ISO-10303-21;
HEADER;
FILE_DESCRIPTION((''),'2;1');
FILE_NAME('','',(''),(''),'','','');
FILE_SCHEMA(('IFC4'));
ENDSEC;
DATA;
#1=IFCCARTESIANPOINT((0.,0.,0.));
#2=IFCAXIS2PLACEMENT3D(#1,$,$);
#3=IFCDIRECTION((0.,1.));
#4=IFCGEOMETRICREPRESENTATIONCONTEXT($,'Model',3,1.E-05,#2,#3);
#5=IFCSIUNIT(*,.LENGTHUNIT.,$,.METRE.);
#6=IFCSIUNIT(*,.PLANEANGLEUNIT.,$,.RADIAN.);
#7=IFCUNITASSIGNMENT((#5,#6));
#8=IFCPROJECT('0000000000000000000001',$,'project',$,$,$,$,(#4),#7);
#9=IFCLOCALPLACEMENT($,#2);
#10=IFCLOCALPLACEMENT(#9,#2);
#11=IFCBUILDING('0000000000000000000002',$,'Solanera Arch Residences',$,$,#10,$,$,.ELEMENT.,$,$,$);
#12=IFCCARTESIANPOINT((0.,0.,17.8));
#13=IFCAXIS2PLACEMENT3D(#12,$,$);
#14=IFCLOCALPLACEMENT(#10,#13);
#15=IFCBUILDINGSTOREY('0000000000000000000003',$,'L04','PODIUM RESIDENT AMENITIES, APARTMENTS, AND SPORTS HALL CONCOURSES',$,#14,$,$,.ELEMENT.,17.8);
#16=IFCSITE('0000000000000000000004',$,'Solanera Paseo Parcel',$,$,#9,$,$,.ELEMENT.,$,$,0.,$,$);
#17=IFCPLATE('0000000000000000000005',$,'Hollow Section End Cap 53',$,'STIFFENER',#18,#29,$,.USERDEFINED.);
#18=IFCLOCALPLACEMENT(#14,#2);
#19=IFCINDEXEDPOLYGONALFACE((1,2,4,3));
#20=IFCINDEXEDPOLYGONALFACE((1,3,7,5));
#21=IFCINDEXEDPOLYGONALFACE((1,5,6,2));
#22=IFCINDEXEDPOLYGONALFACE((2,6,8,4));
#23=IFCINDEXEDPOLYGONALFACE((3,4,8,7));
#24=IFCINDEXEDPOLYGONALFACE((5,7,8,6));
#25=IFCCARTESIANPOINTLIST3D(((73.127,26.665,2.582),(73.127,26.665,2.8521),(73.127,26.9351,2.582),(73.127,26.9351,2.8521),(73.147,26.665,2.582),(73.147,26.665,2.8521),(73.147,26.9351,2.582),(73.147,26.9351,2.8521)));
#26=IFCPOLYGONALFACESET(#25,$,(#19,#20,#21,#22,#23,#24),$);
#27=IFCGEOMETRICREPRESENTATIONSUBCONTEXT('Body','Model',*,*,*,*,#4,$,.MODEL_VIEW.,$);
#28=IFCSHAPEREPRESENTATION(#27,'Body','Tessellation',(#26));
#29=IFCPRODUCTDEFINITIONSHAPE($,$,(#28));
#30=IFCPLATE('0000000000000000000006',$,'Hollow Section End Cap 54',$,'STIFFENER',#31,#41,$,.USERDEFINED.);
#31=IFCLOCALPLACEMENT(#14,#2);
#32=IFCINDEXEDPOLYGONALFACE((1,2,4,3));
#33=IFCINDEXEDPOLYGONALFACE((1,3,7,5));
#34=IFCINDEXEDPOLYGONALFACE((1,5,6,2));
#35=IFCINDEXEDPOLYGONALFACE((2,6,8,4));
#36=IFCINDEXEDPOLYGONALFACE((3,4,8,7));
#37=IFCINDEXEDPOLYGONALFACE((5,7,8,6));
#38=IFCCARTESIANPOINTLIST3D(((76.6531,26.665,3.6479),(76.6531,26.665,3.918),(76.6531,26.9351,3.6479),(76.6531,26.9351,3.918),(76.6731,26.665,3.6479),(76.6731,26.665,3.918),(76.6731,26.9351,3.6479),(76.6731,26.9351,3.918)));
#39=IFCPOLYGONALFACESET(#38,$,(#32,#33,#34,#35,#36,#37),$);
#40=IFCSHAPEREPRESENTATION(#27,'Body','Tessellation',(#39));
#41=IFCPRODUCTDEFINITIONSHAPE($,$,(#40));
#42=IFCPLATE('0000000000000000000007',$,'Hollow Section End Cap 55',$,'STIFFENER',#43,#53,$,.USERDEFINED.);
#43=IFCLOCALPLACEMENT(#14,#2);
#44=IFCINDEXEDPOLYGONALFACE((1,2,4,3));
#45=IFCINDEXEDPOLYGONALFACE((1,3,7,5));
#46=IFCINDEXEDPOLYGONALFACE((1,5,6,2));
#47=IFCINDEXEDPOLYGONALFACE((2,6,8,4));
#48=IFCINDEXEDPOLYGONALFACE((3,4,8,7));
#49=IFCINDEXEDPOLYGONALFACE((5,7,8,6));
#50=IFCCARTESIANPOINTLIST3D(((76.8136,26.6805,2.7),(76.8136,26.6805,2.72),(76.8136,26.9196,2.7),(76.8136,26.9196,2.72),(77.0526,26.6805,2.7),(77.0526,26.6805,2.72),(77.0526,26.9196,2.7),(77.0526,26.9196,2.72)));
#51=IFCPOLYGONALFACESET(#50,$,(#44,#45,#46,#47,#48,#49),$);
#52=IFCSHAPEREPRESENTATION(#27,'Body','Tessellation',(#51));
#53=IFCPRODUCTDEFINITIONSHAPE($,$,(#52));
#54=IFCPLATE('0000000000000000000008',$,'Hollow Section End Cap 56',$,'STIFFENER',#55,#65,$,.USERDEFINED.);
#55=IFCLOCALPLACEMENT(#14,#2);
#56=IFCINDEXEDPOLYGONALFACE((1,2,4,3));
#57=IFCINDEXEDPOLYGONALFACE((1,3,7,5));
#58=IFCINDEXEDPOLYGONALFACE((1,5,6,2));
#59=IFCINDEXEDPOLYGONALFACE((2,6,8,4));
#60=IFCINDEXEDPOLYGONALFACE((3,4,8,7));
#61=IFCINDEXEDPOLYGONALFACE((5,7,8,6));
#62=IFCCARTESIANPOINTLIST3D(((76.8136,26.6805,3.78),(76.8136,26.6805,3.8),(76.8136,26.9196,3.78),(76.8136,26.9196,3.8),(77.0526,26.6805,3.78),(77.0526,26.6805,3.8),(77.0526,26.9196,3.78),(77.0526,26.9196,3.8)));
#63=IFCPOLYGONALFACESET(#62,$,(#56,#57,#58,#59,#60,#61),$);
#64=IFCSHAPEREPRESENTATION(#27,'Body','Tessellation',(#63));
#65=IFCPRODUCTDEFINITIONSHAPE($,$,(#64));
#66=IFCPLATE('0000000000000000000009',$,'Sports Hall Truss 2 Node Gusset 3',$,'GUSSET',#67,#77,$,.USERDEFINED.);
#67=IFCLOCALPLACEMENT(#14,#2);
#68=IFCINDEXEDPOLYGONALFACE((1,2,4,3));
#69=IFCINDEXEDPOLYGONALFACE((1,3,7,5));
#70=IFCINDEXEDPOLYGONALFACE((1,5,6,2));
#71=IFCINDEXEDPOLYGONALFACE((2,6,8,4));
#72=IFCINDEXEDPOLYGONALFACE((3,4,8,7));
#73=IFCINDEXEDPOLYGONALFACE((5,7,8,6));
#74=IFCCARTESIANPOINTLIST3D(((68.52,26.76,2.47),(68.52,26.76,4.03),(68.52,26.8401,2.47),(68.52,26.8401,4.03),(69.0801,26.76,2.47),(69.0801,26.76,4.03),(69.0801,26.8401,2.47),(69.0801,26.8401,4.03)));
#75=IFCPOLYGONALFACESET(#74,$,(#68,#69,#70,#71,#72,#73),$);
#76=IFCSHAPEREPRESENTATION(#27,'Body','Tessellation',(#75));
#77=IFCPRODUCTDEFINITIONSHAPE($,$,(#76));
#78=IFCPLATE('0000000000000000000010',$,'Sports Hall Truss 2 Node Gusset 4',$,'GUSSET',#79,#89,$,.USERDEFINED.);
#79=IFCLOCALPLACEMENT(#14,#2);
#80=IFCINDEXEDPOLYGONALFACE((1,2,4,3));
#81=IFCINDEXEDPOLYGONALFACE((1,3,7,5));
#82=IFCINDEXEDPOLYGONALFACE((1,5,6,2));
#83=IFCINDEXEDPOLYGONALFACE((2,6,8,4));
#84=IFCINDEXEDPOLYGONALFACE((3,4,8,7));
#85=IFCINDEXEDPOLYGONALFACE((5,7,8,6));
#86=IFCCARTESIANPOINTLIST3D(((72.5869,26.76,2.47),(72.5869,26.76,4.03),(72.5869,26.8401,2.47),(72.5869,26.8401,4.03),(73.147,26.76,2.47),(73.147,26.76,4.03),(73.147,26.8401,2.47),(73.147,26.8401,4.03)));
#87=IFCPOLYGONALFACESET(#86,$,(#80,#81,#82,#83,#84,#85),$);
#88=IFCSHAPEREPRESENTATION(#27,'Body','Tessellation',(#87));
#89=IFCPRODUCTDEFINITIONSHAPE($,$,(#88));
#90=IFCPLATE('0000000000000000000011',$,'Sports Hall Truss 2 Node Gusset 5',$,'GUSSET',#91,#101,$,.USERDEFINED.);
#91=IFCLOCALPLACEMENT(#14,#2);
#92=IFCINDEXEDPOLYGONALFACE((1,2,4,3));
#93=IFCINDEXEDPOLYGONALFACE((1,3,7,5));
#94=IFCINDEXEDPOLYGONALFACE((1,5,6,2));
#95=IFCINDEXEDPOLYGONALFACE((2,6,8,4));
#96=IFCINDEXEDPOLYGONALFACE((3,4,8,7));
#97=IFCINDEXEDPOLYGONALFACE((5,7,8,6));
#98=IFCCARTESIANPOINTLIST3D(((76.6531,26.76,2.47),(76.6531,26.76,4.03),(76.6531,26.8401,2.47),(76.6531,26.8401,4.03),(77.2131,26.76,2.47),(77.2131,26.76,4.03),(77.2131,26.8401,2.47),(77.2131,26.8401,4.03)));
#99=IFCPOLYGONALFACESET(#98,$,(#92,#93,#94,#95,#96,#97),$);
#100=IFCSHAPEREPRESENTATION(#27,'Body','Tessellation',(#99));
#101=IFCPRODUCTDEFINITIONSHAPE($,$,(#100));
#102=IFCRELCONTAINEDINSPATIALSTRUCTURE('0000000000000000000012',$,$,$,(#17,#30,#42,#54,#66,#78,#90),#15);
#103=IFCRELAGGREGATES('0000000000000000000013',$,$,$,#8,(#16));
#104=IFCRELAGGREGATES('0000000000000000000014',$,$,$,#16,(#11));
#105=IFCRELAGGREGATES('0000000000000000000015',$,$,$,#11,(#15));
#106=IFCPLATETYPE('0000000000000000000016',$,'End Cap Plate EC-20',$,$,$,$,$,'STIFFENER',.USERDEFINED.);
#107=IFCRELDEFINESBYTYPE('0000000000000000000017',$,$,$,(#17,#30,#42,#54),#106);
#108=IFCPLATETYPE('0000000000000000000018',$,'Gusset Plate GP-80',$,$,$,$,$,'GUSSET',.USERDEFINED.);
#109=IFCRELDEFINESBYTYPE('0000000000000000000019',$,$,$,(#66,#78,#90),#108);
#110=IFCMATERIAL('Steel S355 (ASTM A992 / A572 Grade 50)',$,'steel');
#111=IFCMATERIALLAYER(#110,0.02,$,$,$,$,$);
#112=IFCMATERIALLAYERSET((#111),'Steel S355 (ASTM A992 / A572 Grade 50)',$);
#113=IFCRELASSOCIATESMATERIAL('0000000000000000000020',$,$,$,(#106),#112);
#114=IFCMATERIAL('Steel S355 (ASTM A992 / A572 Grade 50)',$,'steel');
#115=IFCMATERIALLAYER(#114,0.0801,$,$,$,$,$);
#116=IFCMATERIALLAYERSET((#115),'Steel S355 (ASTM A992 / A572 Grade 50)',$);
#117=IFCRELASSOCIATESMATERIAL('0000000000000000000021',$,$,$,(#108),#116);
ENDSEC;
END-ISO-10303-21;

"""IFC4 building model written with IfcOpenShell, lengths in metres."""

from ifc_helpers import new_model, si_unit, direction, frame, origin, origin_2d, place, context, subcontext, project, spatial, rectangle, extrude, material, layer, layer_set, type_object, element, save


model = new_model("IFC4")

# Units and contexts
model_context = context("Model", 3, precision=1e-05, world=origin(), true_north=direction((0.0, 1.0)))
body_context = subcontext(model_context, "Body", "Model", "MODEL_VIEW")
ifc_project = project(units=[si_unit("LENGTHUNIT", "METRE"), si_unit("PLANEANGLEUNIT", "RADIAN")], contexts=[model_context])

# Site, building, storey
site_placement = place(None, origin())
site = spatial("IfcSite", under=ifc_project, at=site_placement, Name="Solanera Paseo Parcel", CompositionType="ELEMENT", RefElevation=0.0)
building_placement = place(site_placement, origin())
building = spatial("IfcBuilding", under=site, at=building_placement, Name="Solanera Arch Residences", CompositionType="ELEMENT")
storey_placement = place(building_placement, frame((0.0, 0.0, 17.8)))
storey = spatial("IfcBuildingStorey", under=building, at=storey_placement, Name="L04", Description="PODIUM RESIDENT AMENITIES, APARTMENTS, AND SPORTS HALL CONCOURSES", CompositionType="ELEMENT", Elevation=17.8)

# Plates
ifc_material_1 = material(Name="Steel S355 (ASTM A992 / A572 Grade 50)", Category="steel")
ifc_layer_1 = layer(ifc_material_1, 0.02)
ifc_layer_set_1 = layer_set([ifc_layer_1], Name="Steel S355 (ASTM A992 / A572 Grade 50)")
plate_type_1 = type_object("IfcPlateType", Name="End Cap Plate EC-20", ElementType="STIFFENER", PredefinedType="USERDEFINED", material=ifc_layer_set_1)
for number, where, z_axis, x_axis, name in (
    (1, (73.137, 26.8, 2.582), (0.0, 0.0, 1.0), (-1.0, 0.0, 0.0), "Hollow Section End Cap 53"),
    (2, (76.6631, 26.8, 3.6479), (0.0, 0.0, 1.0), (1.0, 0.0, 0.0), "Hollow Section End Cap 54"),
):
    element("IfcPlate", number, at=place(storey_placement, frame(where, z_axis=z_axis, x_axis=x_axis)), inside=storey, type_object=plate_type_1, Name=name, ObjectType="STIFFENER", PredefinedType="USERDEFINED", context=body_context, shape_type="SweptSolid", body=[
        extrude(rectangle(XDim=0.02, YDim=0.27, at=origin_2d()), origin(), (0.0, 0.0, 1.0), 0.27),
    ])
for number, where, z_axis, x_axis, name in (
    (3, (76.9331, 26.8, 2.7), (0.0, 0.0, 1.0), (1.0, 0.0, 0.0), "Hollow Section End Cap 55"),
    (4, (76.9331, 26.8, 3.78), (0.0, 0.0, 1.0), (1.0, 0.0, 0.0), "Hollow Section End Cap 56"),
):
    element("IfcPlate", number, at=place(storey_placement, frame(where, z_axis=z_axis, x_axis=x_axis)), inside=storey, type_object=plate_type_1, Name=name, ObjectType="STIFFENER", PredefinedType="USERDEFINED", context=body_context, shape_type="SweptSolid", body=[
        extrude(rectangle(XDim=0.239, YDim=0.239, at=origin_2d()), origin(), (0.0, 0.0, 1.0), 0.02),
    ])
ifc_material_2 = material(Name="Steel S355 (ASTM A992 / A572 Grade 50)", Category="steel")
ifc_layer_2 = layer(ifc_material_2, 0.0801)
ifc_layer_set_2 = layer_set([ifc_layer_2], Name="Steel S355 (ASTM A992 / A572 Grade 50)")
plate_type_2 = type_object("IfcPlateType", Name="Gusset Plate GP-80", ElementType="GUSSET", PredefinedType="USERDEFINED", material=ifc_layer_set_2)
for number, where, z_axis, x_axis, name in (
    (5, (68.8, 26.8, 2.47), (0.0, 0.0, 1.0), (1.0, 0.0, 0.0), "Sports Hall Truss 2 Node Gusset 3"),
    (6, (72.8669, 26.8, 2.47), (0.0, 0.0, 1.0), (1.0, 0.0, 0.0), "Sports Hall Truss 2 Node Gusset 4"),
    (7, (76.9331, 26.8, 2.47), (0.0, 0.0, 1.0), (1.0, 0.0, 0.0), "Sports Hall Truss 2 Node Gusset 5"),
):
    element("IfcPlate", number, at=place(storey_placement, frame(where, z_axis=z_axis, x_axis=x_axis)), inside=storey, type_object=plate_type_2, Name=name, ObjectType="GUSSET", PredefinedType="USERDEFINED", context=body_context, shape_type="SweptSolid", body=[
        extrude(rectangle(XDim=0.5601, YDim=0.0801, at=origin_2d()), origin(), (0.0, 0.0, 1.0), 1.5601),
    ])

save(model, "model.ifc")
